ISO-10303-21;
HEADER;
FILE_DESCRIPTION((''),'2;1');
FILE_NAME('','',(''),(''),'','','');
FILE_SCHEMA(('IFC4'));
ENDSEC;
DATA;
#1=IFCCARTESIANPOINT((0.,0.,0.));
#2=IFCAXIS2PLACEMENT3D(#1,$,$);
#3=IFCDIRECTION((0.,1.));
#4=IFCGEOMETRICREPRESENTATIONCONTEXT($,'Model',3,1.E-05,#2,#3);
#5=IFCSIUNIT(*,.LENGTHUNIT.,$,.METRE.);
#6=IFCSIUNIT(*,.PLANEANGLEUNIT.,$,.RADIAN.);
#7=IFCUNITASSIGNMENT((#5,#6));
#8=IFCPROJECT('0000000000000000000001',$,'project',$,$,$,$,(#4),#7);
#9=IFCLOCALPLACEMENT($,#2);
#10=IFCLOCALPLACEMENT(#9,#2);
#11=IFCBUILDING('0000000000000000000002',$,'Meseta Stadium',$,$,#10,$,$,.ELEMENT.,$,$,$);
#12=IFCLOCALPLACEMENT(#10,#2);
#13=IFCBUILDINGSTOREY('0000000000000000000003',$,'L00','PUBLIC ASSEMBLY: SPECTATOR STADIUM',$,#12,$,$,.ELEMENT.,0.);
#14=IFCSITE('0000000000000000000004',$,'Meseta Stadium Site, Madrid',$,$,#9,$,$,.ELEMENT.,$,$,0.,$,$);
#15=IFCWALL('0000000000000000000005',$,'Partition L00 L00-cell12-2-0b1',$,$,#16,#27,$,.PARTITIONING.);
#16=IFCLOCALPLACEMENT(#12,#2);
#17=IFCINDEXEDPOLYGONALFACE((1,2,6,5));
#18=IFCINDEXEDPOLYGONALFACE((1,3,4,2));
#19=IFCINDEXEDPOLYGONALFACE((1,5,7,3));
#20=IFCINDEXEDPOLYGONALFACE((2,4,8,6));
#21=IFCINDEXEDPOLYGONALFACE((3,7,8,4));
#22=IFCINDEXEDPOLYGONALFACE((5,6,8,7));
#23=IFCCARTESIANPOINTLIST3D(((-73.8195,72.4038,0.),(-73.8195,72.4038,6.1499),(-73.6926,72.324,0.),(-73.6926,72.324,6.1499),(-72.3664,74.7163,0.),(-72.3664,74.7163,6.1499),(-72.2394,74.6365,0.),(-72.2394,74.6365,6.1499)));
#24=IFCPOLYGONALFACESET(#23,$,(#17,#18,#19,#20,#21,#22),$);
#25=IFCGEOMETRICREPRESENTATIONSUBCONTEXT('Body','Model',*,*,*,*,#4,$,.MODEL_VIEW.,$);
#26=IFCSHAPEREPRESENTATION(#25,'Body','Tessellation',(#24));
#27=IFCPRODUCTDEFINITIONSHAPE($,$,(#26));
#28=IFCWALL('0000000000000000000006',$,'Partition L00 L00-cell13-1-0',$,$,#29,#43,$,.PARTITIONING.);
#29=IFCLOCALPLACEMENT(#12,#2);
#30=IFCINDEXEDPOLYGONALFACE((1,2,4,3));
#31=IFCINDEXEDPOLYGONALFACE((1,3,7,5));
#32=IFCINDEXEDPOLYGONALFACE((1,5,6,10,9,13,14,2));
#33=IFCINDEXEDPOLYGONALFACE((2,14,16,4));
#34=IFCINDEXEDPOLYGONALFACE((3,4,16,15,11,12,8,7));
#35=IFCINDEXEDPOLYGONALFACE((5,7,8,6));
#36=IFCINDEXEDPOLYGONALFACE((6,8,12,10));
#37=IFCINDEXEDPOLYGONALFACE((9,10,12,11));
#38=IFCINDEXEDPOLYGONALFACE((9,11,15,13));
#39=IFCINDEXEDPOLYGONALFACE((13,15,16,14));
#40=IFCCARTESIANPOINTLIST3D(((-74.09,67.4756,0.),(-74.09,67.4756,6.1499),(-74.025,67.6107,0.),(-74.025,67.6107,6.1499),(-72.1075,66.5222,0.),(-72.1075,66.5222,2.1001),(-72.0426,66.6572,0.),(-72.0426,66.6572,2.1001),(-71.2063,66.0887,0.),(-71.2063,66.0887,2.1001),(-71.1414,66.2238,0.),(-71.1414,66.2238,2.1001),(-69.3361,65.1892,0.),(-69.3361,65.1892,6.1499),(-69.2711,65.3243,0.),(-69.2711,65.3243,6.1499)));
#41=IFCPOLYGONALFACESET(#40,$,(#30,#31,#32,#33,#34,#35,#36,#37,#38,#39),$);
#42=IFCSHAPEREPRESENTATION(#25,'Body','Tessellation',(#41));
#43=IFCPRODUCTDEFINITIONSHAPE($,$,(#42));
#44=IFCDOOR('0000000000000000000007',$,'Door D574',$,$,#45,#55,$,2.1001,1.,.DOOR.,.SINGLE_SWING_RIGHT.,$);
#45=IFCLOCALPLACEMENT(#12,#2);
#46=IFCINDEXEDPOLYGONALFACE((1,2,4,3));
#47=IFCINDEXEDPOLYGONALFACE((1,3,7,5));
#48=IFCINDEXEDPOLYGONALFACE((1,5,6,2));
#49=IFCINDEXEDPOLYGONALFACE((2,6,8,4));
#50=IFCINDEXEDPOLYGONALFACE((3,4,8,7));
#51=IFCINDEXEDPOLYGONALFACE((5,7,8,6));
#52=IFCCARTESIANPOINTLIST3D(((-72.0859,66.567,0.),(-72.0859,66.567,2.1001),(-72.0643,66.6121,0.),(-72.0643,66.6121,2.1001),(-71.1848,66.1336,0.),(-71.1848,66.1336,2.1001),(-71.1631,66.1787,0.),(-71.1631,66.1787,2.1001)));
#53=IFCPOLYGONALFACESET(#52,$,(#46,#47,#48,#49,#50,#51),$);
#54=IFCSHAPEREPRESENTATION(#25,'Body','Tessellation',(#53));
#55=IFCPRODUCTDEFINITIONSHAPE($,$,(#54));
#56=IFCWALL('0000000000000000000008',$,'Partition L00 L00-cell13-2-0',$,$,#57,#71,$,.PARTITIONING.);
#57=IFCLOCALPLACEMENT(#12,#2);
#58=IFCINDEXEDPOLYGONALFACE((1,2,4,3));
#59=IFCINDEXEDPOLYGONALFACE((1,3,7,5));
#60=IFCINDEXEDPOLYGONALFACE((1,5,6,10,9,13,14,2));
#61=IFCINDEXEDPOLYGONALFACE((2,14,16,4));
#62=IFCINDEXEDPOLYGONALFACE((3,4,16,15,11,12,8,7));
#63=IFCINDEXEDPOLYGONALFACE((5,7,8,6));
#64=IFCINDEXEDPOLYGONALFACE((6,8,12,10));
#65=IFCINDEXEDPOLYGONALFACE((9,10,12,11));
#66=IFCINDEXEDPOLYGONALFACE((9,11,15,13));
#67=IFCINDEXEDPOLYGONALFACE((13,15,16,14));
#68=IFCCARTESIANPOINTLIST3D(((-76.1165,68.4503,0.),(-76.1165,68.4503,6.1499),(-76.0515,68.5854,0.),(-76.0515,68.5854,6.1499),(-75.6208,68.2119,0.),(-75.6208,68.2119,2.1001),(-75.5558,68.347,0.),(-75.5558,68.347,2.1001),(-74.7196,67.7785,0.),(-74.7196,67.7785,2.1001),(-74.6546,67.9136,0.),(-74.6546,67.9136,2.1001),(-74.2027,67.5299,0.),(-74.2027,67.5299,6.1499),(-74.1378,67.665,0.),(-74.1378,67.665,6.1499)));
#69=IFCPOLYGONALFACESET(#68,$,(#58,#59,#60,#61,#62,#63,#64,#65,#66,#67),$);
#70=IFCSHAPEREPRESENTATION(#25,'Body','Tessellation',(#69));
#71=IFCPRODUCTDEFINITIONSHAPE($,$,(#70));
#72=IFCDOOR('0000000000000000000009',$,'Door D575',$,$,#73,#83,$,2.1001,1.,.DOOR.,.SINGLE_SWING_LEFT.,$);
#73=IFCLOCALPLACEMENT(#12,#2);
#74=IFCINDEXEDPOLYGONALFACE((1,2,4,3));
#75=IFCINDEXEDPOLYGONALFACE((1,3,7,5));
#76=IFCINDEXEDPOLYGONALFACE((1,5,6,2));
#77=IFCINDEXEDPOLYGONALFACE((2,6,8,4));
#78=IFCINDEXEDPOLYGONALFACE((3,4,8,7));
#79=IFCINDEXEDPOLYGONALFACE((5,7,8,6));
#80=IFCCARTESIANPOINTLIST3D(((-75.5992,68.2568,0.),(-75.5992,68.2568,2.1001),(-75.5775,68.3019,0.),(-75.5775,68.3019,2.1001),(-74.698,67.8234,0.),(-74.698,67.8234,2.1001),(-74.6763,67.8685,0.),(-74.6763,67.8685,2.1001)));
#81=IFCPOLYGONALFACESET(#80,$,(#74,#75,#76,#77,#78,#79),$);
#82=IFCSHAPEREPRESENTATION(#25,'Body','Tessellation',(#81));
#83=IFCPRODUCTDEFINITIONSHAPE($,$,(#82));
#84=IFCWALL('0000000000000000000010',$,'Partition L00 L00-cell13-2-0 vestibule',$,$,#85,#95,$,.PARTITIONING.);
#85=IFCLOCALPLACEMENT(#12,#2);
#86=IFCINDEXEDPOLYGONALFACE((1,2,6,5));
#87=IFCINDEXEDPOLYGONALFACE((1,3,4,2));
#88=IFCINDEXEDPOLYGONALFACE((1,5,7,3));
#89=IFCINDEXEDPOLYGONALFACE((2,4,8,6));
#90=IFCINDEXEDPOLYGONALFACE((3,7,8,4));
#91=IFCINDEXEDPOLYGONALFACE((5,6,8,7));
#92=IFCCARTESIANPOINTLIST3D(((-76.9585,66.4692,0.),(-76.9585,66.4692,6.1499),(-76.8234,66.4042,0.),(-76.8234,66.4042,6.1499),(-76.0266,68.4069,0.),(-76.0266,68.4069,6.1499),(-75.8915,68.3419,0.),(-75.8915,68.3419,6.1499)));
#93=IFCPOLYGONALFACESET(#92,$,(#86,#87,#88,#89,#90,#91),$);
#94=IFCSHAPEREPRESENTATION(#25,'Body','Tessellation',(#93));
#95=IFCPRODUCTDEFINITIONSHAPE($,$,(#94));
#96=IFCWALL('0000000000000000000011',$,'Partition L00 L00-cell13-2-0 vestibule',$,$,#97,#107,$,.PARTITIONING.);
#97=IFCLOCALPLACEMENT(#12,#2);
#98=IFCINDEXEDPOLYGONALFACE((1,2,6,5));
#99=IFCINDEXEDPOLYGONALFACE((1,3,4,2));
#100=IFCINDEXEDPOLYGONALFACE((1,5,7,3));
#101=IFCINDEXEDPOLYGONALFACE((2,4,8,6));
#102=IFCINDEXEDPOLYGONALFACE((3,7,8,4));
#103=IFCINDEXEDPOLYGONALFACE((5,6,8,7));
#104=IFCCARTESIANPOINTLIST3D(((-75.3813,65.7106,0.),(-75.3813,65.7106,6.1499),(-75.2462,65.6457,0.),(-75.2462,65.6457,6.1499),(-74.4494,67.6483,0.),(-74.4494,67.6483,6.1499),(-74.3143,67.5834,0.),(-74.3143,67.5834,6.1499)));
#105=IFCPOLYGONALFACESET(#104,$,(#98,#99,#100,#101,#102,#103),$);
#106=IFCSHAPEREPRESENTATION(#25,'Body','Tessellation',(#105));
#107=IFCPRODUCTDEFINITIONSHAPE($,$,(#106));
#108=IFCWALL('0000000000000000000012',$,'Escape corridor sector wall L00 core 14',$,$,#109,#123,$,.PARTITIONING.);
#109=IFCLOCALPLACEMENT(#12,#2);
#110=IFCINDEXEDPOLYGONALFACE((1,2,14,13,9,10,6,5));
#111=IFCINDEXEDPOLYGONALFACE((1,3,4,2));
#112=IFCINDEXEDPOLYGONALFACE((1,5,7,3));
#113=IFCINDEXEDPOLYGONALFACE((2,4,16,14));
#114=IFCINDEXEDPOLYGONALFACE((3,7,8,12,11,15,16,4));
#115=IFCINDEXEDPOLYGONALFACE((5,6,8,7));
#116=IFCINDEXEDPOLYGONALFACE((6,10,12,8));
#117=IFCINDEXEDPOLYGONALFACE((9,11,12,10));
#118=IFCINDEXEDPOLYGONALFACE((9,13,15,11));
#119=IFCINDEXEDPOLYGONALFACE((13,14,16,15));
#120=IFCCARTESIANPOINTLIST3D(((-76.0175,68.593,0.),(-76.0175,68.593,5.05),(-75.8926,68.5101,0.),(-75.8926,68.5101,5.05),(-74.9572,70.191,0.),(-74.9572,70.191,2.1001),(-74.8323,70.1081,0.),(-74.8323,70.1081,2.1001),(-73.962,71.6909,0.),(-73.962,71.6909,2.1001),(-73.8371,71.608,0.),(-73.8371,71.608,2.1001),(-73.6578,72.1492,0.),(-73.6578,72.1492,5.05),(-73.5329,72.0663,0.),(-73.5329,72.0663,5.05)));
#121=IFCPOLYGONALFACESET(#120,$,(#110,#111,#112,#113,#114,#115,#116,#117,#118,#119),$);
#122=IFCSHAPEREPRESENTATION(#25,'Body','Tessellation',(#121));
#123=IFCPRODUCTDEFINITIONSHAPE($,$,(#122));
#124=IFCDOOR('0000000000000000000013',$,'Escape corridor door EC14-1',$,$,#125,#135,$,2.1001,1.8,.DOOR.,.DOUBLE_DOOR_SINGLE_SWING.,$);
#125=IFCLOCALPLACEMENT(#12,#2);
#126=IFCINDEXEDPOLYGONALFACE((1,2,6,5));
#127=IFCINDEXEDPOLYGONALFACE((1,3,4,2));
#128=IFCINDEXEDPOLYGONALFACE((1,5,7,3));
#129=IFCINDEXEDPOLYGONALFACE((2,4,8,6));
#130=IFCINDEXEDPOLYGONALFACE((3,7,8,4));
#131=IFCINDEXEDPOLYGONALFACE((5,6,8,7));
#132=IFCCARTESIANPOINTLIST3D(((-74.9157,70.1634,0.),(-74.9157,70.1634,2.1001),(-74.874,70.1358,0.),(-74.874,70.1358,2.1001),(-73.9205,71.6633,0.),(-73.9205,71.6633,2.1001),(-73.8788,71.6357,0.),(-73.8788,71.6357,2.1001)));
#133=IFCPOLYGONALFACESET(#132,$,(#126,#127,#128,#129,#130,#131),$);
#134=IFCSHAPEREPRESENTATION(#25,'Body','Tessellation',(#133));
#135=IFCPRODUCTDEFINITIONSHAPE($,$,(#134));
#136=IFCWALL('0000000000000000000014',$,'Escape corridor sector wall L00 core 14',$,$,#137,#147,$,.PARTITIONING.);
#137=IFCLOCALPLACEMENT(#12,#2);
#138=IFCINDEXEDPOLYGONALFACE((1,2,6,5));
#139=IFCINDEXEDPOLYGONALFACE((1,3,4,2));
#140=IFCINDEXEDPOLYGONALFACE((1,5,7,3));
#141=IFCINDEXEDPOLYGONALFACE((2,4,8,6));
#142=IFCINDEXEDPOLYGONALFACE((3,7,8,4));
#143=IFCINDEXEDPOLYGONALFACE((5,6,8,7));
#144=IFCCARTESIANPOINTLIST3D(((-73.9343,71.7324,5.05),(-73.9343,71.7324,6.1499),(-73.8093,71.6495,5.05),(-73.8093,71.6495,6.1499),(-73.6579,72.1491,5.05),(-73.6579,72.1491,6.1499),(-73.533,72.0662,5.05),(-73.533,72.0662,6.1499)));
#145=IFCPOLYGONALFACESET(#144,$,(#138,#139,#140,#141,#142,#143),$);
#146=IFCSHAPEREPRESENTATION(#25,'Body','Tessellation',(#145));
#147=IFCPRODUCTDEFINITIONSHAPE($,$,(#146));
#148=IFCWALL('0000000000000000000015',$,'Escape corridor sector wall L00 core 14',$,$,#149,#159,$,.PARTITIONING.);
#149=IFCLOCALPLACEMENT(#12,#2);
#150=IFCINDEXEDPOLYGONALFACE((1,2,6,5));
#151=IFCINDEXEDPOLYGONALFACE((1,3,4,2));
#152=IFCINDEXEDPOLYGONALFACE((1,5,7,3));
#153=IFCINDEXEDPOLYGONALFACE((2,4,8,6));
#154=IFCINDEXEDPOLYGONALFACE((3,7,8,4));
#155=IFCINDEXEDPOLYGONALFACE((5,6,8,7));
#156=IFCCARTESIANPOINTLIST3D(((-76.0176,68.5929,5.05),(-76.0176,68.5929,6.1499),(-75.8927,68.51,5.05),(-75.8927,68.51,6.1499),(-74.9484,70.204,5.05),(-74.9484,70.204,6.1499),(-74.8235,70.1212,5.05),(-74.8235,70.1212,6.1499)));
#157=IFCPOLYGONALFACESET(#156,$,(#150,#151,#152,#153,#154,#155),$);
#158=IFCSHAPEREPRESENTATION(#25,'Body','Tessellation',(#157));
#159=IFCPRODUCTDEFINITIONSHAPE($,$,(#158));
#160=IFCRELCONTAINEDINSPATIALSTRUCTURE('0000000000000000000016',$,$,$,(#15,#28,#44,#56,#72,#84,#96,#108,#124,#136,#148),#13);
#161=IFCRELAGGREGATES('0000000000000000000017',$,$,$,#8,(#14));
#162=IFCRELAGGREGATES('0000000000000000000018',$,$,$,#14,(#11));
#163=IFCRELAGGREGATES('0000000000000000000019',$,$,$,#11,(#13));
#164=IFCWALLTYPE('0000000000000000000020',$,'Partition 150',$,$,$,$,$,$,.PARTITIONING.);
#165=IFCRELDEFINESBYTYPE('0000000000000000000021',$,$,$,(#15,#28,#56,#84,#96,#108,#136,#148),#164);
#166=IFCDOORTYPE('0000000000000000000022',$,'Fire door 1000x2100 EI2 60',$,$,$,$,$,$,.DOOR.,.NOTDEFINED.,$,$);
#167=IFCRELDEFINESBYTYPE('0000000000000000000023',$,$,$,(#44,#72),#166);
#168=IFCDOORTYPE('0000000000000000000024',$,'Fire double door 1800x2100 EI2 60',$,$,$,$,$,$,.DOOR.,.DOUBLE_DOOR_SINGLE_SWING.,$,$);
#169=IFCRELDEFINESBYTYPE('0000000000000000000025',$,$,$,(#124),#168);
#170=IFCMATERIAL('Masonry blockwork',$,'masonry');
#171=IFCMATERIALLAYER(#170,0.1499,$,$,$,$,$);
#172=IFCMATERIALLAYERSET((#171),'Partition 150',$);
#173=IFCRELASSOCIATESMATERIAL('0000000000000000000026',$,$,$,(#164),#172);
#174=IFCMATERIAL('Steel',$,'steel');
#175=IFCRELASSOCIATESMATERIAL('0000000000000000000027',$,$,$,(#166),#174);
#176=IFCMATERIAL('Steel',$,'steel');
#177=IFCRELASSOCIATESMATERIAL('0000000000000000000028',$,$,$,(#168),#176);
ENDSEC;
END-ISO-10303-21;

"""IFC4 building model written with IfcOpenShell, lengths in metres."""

from ifc_helpers import new_model, si_unit, direction, frame, frame_2d, origin, place, context, subcontext, project, spatial, rectangle, extrude, material, layer, layer_set, type_object, element, fill, save


model = new_model("IFC4")

# Units and contexts
model_context = context("Model", 3, precision=1e-05, world=origin(), true_north=direction((0.0, 1.0)))
body_context = subcontext(model_context, "Body", "Model", "MODEL_VIEW")
ifc_project = project(units=[si_unit("LENGTHUNIT", "METRE"), si_unit("PLANEANGLEUNIT", "RADIAN")], contexts=[model_context])

# Site, building, storey
site_placement = place(None, origin())
site = spatial("IfcSite", under=ifc_project, at=site_placement, Name="Meseta Stadium Site, Madrid", CompositionType="ELEMENT", RefElevation=0.0)
building_placement = place(site_placement, origin())
building = spatial("IfcBuilding", under=site, at=building_placement, Name="Meseta Stadium", CompositionType="ELEMENT")
storey_placement = place(building_placement, origin())
storey = spatial("IfcBuildingStorey", under=building, at=storey_placement, Name="L00", Description="PUBLIC ASSEMBLY: SPECTATOR STADIUM", CompositionType="ELEMENT", Elevation=0.0)

# Wall
ifc_material_1 = material(Name="Masonry blockwork", Category="masonry")
ifc_layer_1 = layer(ifc_material_1, 0.1499)
ifc_layer_set_1 = layer_set([ifc_layer_1], Name="Partition 150")
wall_type_1 = type_object("IfcWallType", Name="Partition 150", PredefinedType="PARTITIONING", material=ifc_layer_set_1)
wall_1_placement = place(storey_placement, frame((-73.7561, 72.3638, 0.0), z_axis=(0.0, 0.0, 1.0), x_axis=(0.532054, 0.84671, 0.0)))
element("IfcWall", 1, at=wall_1_placement, inside=storey, type_object=wall_type_1, Name="Partition L00 L00-cell12-2-0b1", PredefinedType="PARTITIONING", context=body_context, shape_type="SweptSolid", body=[
    extrude(rectangle(XDim=2.7312, YDim=0.1499, at=frame_2d((1.3657, 0.0))), origin(), (0.0, 0.0, 1.0), 6.1499),
])

# Walls, openings, doors
wall_2_placement = place(storey_placement, frame((-74.0576, 67.5432, 0.0), z_axis=(0.0, 0.0, 1.0), x_axis=(0.90119, -0.433425, 0.0)))
wall_2 = element("IfcWall", 2, at=wall_2_placement, inside=storey, type_object=wall_type_1, Name="Partition L00 L00-cell13-1-0", PredefinedType="PARTITIONING", context=body_context, shape_type="SweptSolid", body=[
    extrude(rectangle(XDim=5.2751, YDim=0.1499, at=frame_2d((2.6377, 0.0))), origin(), (0.0, 0.0, 1.0), 6.1499),
])
opening_1_placement = place(wall_2_placement, frame((2.2, 0.0, 0.0)))
opening_1 = element("IfcOpeningElement", 3, at=opening_1_placement, cuts=wall_2, PredefinedType="OPENING", context=body_context, shape_type="SweptSolid", body=[
    extrude(rectangle(XDim=1.0, YDim=2.1001, at=frame_2d((0.5, 1.05))), frame((0.0, 0.085, 0.0), z_axis=(0.0, -1.0, 0.0), x_axis=(1.0, 0.0, 0.0)), (0.0, 0.0, 1.0), 0.1699),
])
ifc_material_2 = material(Name="Steel", Category="steel")
door_type_1 = type_object("IfcDoorType", Name="Fire door 1000x2100 EI2 60", OperationType="NOTDEFINED", PredefinedType="DOOR", material=ifc_material_2)
door_1_placement = place(opening_1_placement, origin())
door_1 = element("IfcDoor", 4, at=door_1_placement, inside=storey, type_object=door_type_1, Name="Door D574", OperationType="SINGLE_SWING_RIGHT", OverallHeight=2.1001, OverallWidth=1.0, PredefinedType="DOOR", context=body_context, shape_type="SweptSolid", body=[
    extrude(rectangle(XDim=1.0, YDim=2.1001, at=frame_2d((0.5, 1.05))), frame((0.0, 0.0249, 0.0), z_axis=(0.0, -1.0, 0.0), x_axis=(1.0, 0.0, 0.0)), (0.0, 0.0, 1.0), 0.05),
])
fill(opening_1, door_1)
wall_3_placement = place(storey_placement, frame((-76.084, 68.5178, 0.0), z_axis=(0.0, 0.0, 1.0), x_axis=(0.901196, -0.433411, 0.0)))
wall_3 = element("IfcWall", 5, at=wall_3_placement, inside=storey, type_object=wall_type_1, Name="Partition L00 L00-cell13-2-0", PredefinedType="PARTITIONING", context=body_context, shape_type="SweptSolid", body=[
    extrude(rectangle(XDim=2.1235, YDim=0.1499, at=frame_2d((1.0618, 0.0))), origin(), (0.0, 0.0, 1.0), 6.1499),
])
opening_2_placement = place(wall_3_placement, frame((0.55, 0.0, 0.0)))
opening_2 = element("IfcOpeningElement", 6, at=opening_2_placement, cuts=wall_3, PredefinedType="OPENING", context=body_context, shape_type="SweptSolid", body=[
    extrude(rectangle(XDim=1.0, YDim=2.1001, at=frame_2d((0.5, 1.05))), frame((0.0, 0.085, 0.0), z_axis=(0.0, -1.0, 0.0), x_axis=(1.0, 0.0, 0.0)), (0.0, 0.0, 1.0), 0.1699),
])
door_2_placement = place(opening_2_placement, origin())
door_2 = element("IfcDoor", 7, at=door_2_placement, inside=storey, type_object=door_type_1, Name="Door D575", OperationType="SINGLE_SWING_LEFT", OverallHeight=2.1001, OverallWidth=1.0, PredefinedType="DOOR", context=body_context, shape_type="SweptSolid", body=[
    extrude(rectangle(XDim=1.0, YDim=2.1001, at=frame_2d((0.5, 1.05))), frame((0.0, 0.0249, 0.0), z_axis=(0.0, -1.0, 0.0), x_axis=(1.0, 0.0, 0.0)), (0.0, 0.0, 1.0), 0.05),
])
fill(opening_2, door_2)

# Walls
for number, where, z_axis, x_axis, name in (
    (8, (-75.959, 68.3745, 0.0), (0.0, 0.0, 1.0), (-0.433399, -0.901202, 0.0), "Partition L00 L00-cell13-2-0 vestibule"),
    (9, (-74.3818, 67.616, 0.0), (0.0, 0.0, 1.0), (-0.433399, -0.901202, 0.0), "Partition L00 L00-cell13-2-0 vestibule"),
):
    element("IfcWall", number, at=place(storey_placement, frame(where, z_axis=z_axis, x_axis=x_axis)), inside=storey, type_object=wall_type_1, Name=name, PredefinedType="PARTITIONING", context=body_context, shape_type="SweptSolid", body=[
        extrude(rectangle(XDim=2.1501, YDim=0.1499, at=frame_2d((1.0752, 0.0))), origin(), (0.0, 0.0, 1.0), 6.1499),
    ])

# Wall, opening, door
wall_4_placement = place(storey_placement, frame((-73.5955, 72.1077, 0.0), z_axis=(0.0, 0.0, 1.0), x_axis=(-0.55289, -0.833254, 0.0)))
wall_4 = element("IfcWall", 10, at=wall_4_placement, inside=storey, type_object=wall_type_1, Name="Escape corridor sector wall L00 core 14", PredefinedType="PARTITIONING", context=body_context, shape_type="SweptSolid", body=[
    extrude(rectangle(XDim=4.2678, YDim=0.1499, at=frame_2d((2.1338, 0.0))), origin(), (0.0, 0.0, 1.0), 5.05),
])
opening_3_placement = place(wall_4_placement, frame((0.55, 0.0, 0.0)))
opening_3 = element("IfcOpeningElement", 11, at=opening_3_placement, cuts=wall_4, PredefinedType="OPENING", context=body_context, shape_type="SweptSolid", body=[
    extrude(rectangle(XDim=1.8, YDim=2.1001, at=frame_2d((0.8999, 1.05))), frame((0.0, 0.085, 0.0), z_axis=(0.0, -1.0, 0.0), x_axis=(1.0, 0.0, 0.0)), (0.0, 0.0, 1.0), 0.1699),
])
ifc_material_3 = material(Name="Steel", Category="steel")
door_type_2 = type_object("IfcDoorType", Name="Fire double door 1800x2100 EI2 60", OperationType="DOUBLE_DOOR_SINGLE_SWING", PredefinedType="DOOR", material=ifc_material_3)
door_3_placement = place(opening_3_placement, origin())
door_3 = element("IfcDoor", 12, at=door_3_placement, inside=storey, type_object=door_type_2, Name="Escape corridor door EC14-1", OperationType="DOUBLE_DOOR_SINGLE_SWING", OverallHeight=2.1001, OverallWidth=1.8, PredefinedType="DOOR", context=body_context, shape_type="SweptSolid", body=[
    extrude(rectangle(XDim=1.8, YDim=2.1001, at=frame_2d((0.8999, 1.05))), frame((0.0, 0.0249, 0.0), z_axis=(0.0, -1.0, 0.0), x_axis=(1.0, 0.0, 0.0)), (0.0, 0.0, 1.0), 0.05),
])
fill(opening_3, door_3)

# Walls
wall_5_placement = place(storey_placement, frame((-73.5955, 72.1077, 5.05), z_axis=(0.0, 0.0, 1.0), x_axis=(-0.552671, -0.8334, 0.0)))
element("IfcWall", 13, at=wall_5_placement, inside=storey, type_object=wall_type_1, Name="Escape corridor sector wall L00 core 14", PredefinedType="PARTITIONING", context=body_context, shape_type="SweptSolid", body=[
    extrude(rectangle(XDim=0.5, YDim=0.1499, at=frame_2d((0.25, 0.0))), origin(), (0.0, 0.0, 1.0), 1.0999),
])
wall_6_placement = place(storey_placement, frame((-74.886, 70.1626, 5.05), z_axis=(0.0, 0.0, 1.0), x_axis=(-0.552921, -0.833233, 0.0)))
element("IfcWall", 14, at=wall_6_placement, inside=storey, type_object=wall_type_1, Name="Escape corridor sector wall L00 core 14", PredefinedType="PARTITIONING", context=body_context, shape_type="SweptSolid", body=[
    extrude(rectangle(XDim=1.9336, YDim=0.1499, at=frame_2d((0.9668, 0.0))), origin(), (0.0, 0.0, 1.0), 1.0999),
])

save(model, "model.ifc")
